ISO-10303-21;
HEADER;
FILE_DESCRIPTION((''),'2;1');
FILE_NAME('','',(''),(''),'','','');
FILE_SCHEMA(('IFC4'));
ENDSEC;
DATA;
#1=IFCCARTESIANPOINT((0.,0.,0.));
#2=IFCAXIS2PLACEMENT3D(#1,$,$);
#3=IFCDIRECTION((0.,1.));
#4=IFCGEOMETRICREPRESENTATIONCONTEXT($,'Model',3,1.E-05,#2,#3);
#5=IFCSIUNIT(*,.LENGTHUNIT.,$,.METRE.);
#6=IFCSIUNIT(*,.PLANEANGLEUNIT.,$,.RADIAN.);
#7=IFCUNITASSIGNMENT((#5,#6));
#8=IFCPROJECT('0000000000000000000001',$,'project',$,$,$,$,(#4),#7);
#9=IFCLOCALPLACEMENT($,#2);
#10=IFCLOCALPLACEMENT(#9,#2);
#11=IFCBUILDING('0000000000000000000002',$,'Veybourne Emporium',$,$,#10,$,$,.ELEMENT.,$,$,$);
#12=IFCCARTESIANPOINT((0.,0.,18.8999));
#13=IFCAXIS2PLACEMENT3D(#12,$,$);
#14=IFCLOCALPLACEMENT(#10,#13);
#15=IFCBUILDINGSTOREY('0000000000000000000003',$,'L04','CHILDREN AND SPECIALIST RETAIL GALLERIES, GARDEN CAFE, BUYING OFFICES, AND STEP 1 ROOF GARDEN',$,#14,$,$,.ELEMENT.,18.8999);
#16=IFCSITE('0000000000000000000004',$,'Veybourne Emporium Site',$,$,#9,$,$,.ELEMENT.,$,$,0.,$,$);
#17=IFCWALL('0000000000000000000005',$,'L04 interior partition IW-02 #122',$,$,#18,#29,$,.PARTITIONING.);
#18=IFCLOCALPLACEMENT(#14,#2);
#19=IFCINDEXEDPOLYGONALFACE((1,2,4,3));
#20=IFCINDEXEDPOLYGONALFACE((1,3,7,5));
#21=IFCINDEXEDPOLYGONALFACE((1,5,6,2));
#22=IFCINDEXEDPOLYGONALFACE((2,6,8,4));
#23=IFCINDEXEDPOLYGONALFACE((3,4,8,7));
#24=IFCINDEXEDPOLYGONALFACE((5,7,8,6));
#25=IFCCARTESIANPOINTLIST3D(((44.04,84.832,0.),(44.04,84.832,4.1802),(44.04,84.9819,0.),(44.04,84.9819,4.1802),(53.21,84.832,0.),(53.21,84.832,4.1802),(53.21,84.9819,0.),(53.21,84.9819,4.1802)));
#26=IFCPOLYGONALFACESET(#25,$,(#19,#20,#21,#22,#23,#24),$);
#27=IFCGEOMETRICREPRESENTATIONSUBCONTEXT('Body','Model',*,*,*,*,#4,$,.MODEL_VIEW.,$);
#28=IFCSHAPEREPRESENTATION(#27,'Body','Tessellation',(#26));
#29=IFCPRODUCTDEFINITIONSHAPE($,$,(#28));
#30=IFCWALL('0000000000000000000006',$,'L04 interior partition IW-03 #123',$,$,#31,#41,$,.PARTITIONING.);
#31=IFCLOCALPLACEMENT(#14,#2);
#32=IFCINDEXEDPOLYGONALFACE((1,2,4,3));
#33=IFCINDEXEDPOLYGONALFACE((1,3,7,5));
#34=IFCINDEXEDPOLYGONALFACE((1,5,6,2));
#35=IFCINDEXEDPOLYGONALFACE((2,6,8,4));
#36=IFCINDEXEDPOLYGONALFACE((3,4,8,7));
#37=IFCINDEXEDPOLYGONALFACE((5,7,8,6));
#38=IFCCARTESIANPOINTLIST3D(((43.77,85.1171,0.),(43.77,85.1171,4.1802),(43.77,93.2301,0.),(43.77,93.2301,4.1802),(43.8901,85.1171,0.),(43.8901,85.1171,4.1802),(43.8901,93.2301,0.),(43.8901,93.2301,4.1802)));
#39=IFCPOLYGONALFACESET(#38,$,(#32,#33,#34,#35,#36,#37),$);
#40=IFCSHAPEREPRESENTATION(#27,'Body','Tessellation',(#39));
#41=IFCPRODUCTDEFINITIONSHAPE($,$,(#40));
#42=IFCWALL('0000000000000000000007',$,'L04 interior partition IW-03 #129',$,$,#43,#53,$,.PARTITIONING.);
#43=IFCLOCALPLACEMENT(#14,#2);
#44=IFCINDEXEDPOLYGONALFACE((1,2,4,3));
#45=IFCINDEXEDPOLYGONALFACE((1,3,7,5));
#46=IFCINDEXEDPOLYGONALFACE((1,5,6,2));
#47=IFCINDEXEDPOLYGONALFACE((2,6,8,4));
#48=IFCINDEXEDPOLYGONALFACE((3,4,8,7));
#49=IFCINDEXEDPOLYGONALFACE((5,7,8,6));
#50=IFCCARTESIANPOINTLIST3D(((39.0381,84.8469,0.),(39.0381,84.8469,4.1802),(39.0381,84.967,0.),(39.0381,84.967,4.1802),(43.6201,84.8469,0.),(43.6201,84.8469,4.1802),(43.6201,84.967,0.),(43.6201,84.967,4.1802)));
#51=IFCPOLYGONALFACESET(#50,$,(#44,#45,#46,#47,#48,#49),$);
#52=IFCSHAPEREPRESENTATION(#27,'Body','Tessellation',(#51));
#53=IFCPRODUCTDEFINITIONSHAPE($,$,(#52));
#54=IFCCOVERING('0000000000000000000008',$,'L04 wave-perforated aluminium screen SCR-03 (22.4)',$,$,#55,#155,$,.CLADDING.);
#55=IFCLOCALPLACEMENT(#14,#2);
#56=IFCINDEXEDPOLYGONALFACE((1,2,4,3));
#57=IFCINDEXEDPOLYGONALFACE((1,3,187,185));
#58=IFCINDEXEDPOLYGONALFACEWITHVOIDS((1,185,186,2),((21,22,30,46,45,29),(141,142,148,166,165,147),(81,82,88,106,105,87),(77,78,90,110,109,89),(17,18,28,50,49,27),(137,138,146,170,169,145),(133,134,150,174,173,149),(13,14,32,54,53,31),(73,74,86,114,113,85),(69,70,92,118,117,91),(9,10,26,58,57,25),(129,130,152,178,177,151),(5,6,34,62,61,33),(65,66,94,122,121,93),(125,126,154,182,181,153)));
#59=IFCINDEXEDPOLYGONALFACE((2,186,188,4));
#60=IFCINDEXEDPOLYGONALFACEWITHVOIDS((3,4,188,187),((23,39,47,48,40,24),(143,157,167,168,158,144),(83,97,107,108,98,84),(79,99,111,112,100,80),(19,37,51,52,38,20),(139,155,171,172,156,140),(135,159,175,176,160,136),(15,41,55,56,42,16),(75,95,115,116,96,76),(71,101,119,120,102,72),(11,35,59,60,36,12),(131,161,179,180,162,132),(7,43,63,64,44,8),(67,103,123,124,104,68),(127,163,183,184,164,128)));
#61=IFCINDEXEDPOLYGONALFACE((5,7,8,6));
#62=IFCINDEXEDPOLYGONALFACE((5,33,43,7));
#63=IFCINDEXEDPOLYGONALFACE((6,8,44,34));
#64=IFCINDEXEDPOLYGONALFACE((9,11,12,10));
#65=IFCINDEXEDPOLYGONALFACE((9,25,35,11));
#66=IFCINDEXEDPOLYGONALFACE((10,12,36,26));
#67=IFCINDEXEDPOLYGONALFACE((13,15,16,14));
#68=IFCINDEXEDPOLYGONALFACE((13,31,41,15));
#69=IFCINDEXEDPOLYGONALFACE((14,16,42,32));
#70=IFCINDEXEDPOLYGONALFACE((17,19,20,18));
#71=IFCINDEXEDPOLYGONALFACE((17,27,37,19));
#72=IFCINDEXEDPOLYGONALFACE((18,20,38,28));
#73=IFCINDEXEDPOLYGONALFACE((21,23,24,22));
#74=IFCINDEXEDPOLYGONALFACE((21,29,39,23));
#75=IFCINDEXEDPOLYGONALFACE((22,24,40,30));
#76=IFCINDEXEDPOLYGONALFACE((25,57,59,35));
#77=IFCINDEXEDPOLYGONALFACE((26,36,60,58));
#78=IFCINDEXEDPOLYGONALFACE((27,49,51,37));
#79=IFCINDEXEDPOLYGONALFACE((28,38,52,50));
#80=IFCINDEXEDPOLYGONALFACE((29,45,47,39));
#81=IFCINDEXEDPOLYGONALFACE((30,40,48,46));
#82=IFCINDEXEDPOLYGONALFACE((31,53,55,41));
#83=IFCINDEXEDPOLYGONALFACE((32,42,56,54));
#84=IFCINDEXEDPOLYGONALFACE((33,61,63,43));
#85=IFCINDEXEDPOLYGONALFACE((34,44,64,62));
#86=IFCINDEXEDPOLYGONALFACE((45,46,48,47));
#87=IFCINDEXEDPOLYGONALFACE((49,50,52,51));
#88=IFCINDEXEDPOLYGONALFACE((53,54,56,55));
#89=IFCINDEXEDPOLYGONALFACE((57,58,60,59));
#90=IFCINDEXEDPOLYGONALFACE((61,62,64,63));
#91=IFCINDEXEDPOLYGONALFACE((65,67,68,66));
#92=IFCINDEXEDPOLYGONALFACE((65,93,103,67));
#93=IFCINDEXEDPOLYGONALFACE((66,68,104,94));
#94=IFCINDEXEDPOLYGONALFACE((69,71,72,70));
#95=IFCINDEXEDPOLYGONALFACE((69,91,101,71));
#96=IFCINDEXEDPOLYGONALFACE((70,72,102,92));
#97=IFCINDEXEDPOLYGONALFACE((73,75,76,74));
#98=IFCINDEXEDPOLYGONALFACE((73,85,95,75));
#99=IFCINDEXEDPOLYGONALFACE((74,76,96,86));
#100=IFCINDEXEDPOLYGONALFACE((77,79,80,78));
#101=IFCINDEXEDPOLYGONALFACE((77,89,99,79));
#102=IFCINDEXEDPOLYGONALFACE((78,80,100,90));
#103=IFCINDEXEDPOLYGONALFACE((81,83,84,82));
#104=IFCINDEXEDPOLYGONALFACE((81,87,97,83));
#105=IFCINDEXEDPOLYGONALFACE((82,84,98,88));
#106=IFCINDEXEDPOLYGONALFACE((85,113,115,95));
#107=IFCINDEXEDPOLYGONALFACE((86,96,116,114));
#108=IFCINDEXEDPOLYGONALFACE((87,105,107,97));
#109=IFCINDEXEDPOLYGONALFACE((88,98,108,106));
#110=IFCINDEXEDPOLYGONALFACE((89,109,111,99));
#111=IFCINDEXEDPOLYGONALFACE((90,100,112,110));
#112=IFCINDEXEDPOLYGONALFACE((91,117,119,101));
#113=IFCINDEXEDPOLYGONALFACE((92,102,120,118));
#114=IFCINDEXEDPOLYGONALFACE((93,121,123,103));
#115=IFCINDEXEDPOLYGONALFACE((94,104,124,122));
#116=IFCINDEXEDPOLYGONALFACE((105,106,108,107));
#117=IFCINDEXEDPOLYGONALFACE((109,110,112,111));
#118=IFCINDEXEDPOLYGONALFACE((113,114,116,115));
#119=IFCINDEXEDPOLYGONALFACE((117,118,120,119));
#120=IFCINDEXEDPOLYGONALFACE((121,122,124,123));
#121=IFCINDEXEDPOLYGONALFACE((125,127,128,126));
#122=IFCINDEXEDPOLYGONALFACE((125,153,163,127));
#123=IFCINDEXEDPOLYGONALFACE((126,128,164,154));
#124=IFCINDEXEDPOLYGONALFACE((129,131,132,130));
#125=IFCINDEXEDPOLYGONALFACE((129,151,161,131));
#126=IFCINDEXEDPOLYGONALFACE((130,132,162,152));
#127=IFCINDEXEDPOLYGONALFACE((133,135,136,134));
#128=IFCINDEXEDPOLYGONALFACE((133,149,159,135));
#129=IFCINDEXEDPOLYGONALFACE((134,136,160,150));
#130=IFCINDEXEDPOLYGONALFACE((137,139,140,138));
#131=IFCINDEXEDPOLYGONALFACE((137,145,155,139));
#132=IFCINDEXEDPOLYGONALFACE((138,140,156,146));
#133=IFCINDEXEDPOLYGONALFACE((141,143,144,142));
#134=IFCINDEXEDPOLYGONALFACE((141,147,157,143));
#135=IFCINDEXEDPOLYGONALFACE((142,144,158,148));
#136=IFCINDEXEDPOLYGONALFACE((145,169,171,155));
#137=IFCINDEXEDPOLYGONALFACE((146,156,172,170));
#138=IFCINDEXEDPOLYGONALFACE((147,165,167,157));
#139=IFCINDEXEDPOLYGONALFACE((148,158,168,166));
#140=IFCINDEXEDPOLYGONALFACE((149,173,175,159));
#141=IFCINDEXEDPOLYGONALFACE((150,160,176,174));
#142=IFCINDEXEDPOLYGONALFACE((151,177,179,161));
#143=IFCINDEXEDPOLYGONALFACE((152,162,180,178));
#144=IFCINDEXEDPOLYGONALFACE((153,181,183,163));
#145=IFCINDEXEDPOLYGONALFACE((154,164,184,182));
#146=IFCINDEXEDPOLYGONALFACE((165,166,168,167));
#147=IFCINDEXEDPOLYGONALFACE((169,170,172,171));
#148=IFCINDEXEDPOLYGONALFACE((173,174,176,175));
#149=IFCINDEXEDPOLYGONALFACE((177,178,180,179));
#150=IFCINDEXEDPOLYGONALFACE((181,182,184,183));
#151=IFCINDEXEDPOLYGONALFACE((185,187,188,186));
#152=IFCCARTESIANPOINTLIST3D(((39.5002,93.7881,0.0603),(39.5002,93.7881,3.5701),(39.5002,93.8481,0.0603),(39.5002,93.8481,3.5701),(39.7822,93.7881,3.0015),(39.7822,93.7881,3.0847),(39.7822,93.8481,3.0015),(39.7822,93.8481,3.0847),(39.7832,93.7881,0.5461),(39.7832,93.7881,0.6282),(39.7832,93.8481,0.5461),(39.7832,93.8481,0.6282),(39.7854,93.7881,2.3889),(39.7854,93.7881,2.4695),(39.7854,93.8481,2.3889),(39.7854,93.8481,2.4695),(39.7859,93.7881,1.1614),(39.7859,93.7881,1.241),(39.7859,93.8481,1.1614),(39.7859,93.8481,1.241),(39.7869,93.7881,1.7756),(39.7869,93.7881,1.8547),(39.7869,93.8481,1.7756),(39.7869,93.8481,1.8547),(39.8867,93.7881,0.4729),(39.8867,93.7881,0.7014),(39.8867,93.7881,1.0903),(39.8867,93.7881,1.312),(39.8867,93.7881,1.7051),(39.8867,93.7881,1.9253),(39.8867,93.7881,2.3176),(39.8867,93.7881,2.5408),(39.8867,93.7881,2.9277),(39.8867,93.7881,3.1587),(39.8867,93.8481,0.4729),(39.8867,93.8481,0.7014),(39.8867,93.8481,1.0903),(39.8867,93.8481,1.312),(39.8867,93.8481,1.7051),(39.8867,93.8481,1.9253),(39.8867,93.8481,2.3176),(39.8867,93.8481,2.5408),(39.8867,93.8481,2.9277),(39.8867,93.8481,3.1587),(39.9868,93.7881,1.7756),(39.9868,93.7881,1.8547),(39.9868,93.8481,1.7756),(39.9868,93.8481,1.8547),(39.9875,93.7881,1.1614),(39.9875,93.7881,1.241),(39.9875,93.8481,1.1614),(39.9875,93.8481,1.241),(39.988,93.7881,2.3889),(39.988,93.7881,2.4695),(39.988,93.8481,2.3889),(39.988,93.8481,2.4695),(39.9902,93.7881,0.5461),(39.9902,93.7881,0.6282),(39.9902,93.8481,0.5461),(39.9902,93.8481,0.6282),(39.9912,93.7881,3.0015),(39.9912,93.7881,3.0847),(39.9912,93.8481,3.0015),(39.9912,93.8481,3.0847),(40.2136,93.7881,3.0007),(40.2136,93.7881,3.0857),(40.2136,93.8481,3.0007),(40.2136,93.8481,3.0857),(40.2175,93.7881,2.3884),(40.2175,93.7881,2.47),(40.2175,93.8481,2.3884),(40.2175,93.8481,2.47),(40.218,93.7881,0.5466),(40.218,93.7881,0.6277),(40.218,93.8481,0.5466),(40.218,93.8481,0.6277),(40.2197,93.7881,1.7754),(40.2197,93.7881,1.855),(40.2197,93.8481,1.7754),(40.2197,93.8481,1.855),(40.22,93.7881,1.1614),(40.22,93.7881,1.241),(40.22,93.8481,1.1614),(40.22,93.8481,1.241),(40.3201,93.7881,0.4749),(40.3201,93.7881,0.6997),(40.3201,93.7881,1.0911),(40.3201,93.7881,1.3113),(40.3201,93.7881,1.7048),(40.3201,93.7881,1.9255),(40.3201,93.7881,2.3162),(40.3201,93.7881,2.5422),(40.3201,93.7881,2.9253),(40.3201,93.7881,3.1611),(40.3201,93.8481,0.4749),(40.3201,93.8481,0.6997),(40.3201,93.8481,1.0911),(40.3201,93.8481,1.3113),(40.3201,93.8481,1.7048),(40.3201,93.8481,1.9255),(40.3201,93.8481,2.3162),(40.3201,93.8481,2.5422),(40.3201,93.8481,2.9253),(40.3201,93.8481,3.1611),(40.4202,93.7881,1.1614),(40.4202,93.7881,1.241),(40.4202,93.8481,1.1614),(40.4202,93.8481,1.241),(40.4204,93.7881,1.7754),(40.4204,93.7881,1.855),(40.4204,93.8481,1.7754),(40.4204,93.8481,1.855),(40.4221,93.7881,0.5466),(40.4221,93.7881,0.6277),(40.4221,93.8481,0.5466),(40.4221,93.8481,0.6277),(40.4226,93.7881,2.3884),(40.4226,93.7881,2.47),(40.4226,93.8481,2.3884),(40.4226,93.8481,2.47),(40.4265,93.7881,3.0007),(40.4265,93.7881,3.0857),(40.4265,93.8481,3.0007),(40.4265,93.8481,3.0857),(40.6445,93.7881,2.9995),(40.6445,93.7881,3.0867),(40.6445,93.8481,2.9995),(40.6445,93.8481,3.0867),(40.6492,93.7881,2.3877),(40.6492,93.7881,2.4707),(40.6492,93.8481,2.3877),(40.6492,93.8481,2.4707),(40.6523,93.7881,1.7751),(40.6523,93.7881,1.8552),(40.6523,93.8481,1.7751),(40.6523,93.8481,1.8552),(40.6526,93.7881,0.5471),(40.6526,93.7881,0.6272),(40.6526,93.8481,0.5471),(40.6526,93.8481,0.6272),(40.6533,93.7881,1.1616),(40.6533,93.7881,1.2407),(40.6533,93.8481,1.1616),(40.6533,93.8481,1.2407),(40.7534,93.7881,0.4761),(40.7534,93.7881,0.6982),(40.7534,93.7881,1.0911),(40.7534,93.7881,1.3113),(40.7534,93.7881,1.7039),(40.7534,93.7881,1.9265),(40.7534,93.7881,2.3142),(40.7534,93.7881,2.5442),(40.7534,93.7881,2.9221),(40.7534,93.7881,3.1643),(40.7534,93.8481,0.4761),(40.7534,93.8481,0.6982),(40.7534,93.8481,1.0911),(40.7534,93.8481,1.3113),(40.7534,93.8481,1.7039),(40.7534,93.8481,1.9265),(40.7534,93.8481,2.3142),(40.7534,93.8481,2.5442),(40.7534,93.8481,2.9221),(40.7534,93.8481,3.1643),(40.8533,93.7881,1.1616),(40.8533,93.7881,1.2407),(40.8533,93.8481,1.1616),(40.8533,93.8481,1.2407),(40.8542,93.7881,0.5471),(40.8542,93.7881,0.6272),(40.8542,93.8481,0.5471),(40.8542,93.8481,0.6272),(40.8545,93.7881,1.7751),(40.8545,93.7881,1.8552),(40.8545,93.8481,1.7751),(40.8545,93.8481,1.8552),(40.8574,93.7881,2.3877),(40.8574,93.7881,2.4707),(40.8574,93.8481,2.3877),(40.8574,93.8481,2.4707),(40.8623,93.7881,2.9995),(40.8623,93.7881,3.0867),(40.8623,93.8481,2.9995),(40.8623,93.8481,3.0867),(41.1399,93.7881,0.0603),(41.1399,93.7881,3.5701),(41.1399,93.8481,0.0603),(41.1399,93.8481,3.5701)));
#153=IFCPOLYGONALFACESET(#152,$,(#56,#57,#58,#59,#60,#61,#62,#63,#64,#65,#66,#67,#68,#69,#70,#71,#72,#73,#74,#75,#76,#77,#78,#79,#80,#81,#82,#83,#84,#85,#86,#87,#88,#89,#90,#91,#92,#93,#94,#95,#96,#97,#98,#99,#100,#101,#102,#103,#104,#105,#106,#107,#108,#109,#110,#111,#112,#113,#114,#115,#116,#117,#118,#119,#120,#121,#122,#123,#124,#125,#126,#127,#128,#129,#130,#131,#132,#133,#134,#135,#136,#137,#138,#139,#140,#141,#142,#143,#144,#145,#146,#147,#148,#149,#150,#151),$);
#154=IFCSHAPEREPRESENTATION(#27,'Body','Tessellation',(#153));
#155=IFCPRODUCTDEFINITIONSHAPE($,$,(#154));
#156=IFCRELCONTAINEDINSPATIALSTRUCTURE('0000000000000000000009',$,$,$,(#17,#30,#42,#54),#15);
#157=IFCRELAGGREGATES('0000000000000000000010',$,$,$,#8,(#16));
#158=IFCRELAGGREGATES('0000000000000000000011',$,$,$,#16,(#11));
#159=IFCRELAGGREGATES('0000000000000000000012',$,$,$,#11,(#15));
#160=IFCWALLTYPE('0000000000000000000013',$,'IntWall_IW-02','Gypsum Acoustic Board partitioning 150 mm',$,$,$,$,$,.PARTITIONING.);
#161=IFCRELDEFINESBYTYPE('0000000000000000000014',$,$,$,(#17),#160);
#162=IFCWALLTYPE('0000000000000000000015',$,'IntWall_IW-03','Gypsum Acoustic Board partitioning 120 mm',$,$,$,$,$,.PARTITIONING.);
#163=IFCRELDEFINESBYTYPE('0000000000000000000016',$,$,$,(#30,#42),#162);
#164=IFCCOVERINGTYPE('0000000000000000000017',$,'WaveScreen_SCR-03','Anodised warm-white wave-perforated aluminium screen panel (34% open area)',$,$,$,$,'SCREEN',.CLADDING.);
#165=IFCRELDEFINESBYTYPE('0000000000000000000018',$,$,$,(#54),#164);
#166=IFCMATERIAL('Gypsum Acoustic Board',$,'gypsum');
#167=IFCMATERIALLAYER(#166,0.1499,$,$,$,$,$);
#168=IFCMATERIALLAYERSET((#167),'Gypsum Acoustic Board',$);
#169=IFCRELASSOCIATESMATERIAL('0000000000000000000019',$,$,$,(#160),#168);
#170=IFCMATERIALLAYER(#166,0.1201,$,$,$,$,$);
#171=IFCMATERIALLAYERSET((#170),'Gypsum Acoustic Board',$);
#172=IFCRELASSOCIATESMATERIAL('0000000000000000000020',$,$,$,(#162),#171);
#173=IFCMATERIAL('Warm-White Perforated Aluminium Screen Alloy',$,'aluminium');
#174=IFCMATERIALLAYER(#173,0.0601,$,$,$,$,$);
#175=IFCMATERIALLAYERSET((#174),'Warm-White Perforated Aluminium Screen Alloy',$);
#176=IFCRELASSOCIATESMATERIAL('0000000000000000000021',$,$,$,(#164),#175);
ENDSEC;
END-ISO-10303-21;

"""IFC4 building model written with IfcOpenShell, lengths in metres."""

from ifc_helpers import new_model, si_unit, direction, frame, frame_2d, origin, place, context, subcontext, project, spatial, polyline, rectangle, outline, extrude, material, layer, layer_set, type_object, element, save


model = new_model("IFC4")

# Units and contexts
model_context = context("Model", 3, precision=1e-05, world=origin(), true_north=direction((0.0, 1.0)))
body_context = subcontext(model_context, "Body", "Model", "MODEL_VIEW")
ifc_project = project(units=[si_unit("LENGTHUNIT", "METRE"), si_unit("PLANEANGLEUNIT", "RADIAN")], contexts=[model_context])

# Site, building, storey
site_placement = place(None, origin())
site = spatial("IfcSite", under=ifc_project, at=site_placement, Name="Veybourne Emporium Site", CompositionType="ELEMENT", RefElevation=0.0)
building_placement = place(site_placement, origin())
building = spatial("IfcBuilding", under=site, at=building_placement, Name="Veybourne Emporium", CompositionType="ELEMENT")
storey_placement = place(building_placement, frame((0.0, 0.0, 18.8999)))
storey = spatial("IfcBuildingStorey", under=building, at=storey_placement, Name="L04", Description="CHILDREN AND SPECIALIST RETAIL GALLERIES, GARDEN CAFE, BUYING OFFICES, AND STEP 1 ROOF GARDEN", CompositionType="ELEMENT", Elevation=18.8999)

# Walls
ifc_material_1 = material(Name="Gypsum Acoustic Board", Category="gypsum")
ifc_layer_1 = layer(ifc_material_1, 0.1499)
ifc_layer_set_1 = layer_set([ifc_layer_1], Name="Gypsum Acoustic Board")
wall_type_1 = type_object("IfcWallType", Name="IntWall_IW-02", Description="Gypsum Acoustic Board partitioning 150 mm", PredefinedType="PARTITIONING", material=ifc_layer_set_1)
wall_1_placement = place(storey_placement, frame((44.04, 84.907, 0.0), z_axis=(0.0, 0.0, 1.0), x_axis=(1.0, 0.0, 0.0)))
element("IfcWall", 1, at=wall_1_placement, inside=storey, type_object=wall_type_1, Name="L04 interior partition IW-02 #122", PredefinedType="PARTITIONING", context=body_context, shape_type="SweptSolid", body=[
    extrude(rectangle(XDim=9.1699, YDim=0.1499, at=frame_2d((4.585, 0.0))), origin(), (0.0, 0.0, 1.0), 4.1802),
])
ifc_layer_2 = layer(ifc_material_1, 0.1201)
ifc_layer_set_2 = layer_set([ifc_layer_2], Name="Gypsum Acoustic Board")
wall_type_2 = type_object("IfcWallType", Name="IntWall_IW-03", Description="Gypsum Acoustic Board partitioning 120 mm", PredefinedType="PARTITIONING", material=ifc_layer_set_2)
wall_2_placement = place(storey_placement, frame((43.8301, 85.1169, 0.0), z_axis=(0.0, 0.0, 1.0), x_axis=(0.0, 1.0, 0.0)))
element("IfcWall", 2, at=wall_2_placement, inside=storey, type_object=wall_type_2, Name="L04 interior partition IW-03 #123", PredefinedType="PARTITIONING", context=body_context, shape_type="SweptSolid", body=[
    extrude(rectangle(XDim=8.113, YDim=0.1201, at=frame_2d((4.0566, 0.0))), origin(), (0.0, 0.0, 1.0), 4.1802),
])
wall_3_placement = place(storey_placement, frame((39.0381, 84.907, 0.0), z_axis=(0.0, 0.0, 1.0), x_axis=(1.0, 0.0, 0.0)))
element("IfcWall", 3, at=wall_3_placement, inside=storey, type_object=wall_type_2, Name="L04 interior partition IW-03 #129", PredefinedType="PARTITIONING", context=body_context, shape_type="SweptSolid", body=[
    extrude(rectangle(XDim=4.582, YDim=0.1201, at=frame_2d((2.291, 0.0))), origin(), (0.0, 0.0, 1.0), 4.1802),
])

# Covering
ifc_material_2 = material(Name="Warm-White Perforated Aluminium Screen Alloy", Category="aluminium")
ifc_layer_3 = layer(ifc_material_2, 0.0601)
ifc_layer_set_3 = layer_set([ifc_layer_3], Name="Warm-White Perforated Aluminium Screen Alloy")
covering_type_1 = type_object("IfcCoveringType", Name="WaveScreen_SCR-03", Description="Anodised warm-white wave-perforated aluminium screen panel (34% open area)", ElementType="SCREEN", PredefinedType="CLADDING", material=ifc_layer_set_3)
covering_1_placement = place(storey_placement, frame((40.3201, 93.8481, 1.8152), z_axis=(0.0, -1.0, 0.0), x_axis=(1.0, 0.0, 0.0)))
element("IfcCovering", 4, at=covering_1_placement, inside=storey, type_object=covering_type_1, Name="L04 wave-perforated aluminium screen SCR-03 (22.4)", PredefinedType="CLADDING", context=body_context, shape_type="SweptSolid", body=[
    extrude(outline(polyline([(-0.8198, -1.7549), (0.8198, -1.7549), (0.8198, 1.7549), (-0.8198, 1.7549), (-0.8198, -1.7549)]), holes=[polyline([(-0.4333, -1.1138), (-0.3298, -1.187), (-0.3298, -1.269), (-0.4333, -1.3423), (-0.5369, -1.269), (-0.5369, -1.187), (-0.4333, -1.1138)]), polyline([(-0.4333, -0.5032), (-0.3325, -0.5742), (-0.3325, -0.6538), (-0.4333, -0.7249), (-0.5342, -0.6538), (-0.5342, -0.5742), (-0.4333, -0.5032)]), polyline([(-0.4333, 0.1101), (-0.3333, 0.0396), (-0.3333, -0.0396), (-0.4333, -0.1101), (-0.5332, -0.0396), (-0.5332, 0.0396), (-0.4333, 0.1101)]), polyline([(-0.4333, 0.7256), (-0.332, 0.6543), (-0.332, 0.5737), (-0.4333, 0.5024), (-0.5347, 0.5737), (-0.5347, 0.6543), (-0.4333, 0.7256)]), polyline([(-0.4333, 1.3435), (-0.3289, 1.2695), (-0.3289, 1.1863), (-0.4333, 1.1125), (-0.5378, 1.1863), (-0.5378, 1.2695), (-0.4333, 1.3435)]), polyline([(0.0, -1.1155), (0.1021, -1.1875), (0.1021, -1.2686), (0.0, -1.3403), (-0.1021, -1.2686), (-0.1021, -1.1875), (0.0, -1.1155)]), polyline([(0.0, -0.5039), (0.1001, -0.5742), (0.1001, -0.6538), (0.0, -0.7241), (-0.1001, -0.6538), (-0.1001, -0.5742), (0.0, -0.5039)]), polyline([(0.0, 0.1104), (0.1003, 0.0398), (0.1003, -0.0398), (0.0, -0.1104), (-0.1003, -0.0398), (-0.1003, 0.0398), (0.0, 0.1104)]), polyline([(0.0, 0.7271), (0.1025, 0.6548), (0.1025, 0.5732), (0.0, 0.501), (-0.1025, 0.5732), (-0.1025, 0.6548), (0.0, 0.7271)]), polyline([(0.0, 1.3459), (0.1064, 1.2705), (0.1064, 1.1855), (0.0, 1.1101), (-0.1064, 1.1855), (-0.1064, 1.2705), (0.0, 1.3459)]), polyline([(0.4333, -1.1169), (0.5342, -1.188), (0.5342, -1.2681), (0.4333, -1.3391), (0.3325, -1.2681), (0.3325, -1.188), (0.4333, -1.1169)]), polyline([(0.4333, -0.5039), (0.5332, -0.5745), (0.5332, -0.6536), (0.4333, -0.7241), (0.3333, -0.6536), (0.3333, -0.5745), (0.4333, -0.5039)]), polyline([(0.4333, 0.1113), (0.5344, 0.04), (0.5344, -0.04), (0.4333, -0.1113), (0.3323, -0.04), (0.3323, 0.04), (0.4333, 0.1113)]), polyline([(0.4333, 0.729), (0.5374, 0.6555), (0.5374, 0.5725), (0.4333, 0.499), (0.3291, 0.5725), (0.3291, 0.6555), (0.4333, 0.729)]), polyline([(0.4333, 1.3491), (0.5422, 1.2715), (0.5422, 1.1843), (0.4333, 1.1069), (0.3245, 1.1843), (0.3245, 1.2715), (0.4333, 1.3491)])]), origin(), (0.0, 0.0, 1.0), 0.0601),
])

save(model, "model.ifc")
